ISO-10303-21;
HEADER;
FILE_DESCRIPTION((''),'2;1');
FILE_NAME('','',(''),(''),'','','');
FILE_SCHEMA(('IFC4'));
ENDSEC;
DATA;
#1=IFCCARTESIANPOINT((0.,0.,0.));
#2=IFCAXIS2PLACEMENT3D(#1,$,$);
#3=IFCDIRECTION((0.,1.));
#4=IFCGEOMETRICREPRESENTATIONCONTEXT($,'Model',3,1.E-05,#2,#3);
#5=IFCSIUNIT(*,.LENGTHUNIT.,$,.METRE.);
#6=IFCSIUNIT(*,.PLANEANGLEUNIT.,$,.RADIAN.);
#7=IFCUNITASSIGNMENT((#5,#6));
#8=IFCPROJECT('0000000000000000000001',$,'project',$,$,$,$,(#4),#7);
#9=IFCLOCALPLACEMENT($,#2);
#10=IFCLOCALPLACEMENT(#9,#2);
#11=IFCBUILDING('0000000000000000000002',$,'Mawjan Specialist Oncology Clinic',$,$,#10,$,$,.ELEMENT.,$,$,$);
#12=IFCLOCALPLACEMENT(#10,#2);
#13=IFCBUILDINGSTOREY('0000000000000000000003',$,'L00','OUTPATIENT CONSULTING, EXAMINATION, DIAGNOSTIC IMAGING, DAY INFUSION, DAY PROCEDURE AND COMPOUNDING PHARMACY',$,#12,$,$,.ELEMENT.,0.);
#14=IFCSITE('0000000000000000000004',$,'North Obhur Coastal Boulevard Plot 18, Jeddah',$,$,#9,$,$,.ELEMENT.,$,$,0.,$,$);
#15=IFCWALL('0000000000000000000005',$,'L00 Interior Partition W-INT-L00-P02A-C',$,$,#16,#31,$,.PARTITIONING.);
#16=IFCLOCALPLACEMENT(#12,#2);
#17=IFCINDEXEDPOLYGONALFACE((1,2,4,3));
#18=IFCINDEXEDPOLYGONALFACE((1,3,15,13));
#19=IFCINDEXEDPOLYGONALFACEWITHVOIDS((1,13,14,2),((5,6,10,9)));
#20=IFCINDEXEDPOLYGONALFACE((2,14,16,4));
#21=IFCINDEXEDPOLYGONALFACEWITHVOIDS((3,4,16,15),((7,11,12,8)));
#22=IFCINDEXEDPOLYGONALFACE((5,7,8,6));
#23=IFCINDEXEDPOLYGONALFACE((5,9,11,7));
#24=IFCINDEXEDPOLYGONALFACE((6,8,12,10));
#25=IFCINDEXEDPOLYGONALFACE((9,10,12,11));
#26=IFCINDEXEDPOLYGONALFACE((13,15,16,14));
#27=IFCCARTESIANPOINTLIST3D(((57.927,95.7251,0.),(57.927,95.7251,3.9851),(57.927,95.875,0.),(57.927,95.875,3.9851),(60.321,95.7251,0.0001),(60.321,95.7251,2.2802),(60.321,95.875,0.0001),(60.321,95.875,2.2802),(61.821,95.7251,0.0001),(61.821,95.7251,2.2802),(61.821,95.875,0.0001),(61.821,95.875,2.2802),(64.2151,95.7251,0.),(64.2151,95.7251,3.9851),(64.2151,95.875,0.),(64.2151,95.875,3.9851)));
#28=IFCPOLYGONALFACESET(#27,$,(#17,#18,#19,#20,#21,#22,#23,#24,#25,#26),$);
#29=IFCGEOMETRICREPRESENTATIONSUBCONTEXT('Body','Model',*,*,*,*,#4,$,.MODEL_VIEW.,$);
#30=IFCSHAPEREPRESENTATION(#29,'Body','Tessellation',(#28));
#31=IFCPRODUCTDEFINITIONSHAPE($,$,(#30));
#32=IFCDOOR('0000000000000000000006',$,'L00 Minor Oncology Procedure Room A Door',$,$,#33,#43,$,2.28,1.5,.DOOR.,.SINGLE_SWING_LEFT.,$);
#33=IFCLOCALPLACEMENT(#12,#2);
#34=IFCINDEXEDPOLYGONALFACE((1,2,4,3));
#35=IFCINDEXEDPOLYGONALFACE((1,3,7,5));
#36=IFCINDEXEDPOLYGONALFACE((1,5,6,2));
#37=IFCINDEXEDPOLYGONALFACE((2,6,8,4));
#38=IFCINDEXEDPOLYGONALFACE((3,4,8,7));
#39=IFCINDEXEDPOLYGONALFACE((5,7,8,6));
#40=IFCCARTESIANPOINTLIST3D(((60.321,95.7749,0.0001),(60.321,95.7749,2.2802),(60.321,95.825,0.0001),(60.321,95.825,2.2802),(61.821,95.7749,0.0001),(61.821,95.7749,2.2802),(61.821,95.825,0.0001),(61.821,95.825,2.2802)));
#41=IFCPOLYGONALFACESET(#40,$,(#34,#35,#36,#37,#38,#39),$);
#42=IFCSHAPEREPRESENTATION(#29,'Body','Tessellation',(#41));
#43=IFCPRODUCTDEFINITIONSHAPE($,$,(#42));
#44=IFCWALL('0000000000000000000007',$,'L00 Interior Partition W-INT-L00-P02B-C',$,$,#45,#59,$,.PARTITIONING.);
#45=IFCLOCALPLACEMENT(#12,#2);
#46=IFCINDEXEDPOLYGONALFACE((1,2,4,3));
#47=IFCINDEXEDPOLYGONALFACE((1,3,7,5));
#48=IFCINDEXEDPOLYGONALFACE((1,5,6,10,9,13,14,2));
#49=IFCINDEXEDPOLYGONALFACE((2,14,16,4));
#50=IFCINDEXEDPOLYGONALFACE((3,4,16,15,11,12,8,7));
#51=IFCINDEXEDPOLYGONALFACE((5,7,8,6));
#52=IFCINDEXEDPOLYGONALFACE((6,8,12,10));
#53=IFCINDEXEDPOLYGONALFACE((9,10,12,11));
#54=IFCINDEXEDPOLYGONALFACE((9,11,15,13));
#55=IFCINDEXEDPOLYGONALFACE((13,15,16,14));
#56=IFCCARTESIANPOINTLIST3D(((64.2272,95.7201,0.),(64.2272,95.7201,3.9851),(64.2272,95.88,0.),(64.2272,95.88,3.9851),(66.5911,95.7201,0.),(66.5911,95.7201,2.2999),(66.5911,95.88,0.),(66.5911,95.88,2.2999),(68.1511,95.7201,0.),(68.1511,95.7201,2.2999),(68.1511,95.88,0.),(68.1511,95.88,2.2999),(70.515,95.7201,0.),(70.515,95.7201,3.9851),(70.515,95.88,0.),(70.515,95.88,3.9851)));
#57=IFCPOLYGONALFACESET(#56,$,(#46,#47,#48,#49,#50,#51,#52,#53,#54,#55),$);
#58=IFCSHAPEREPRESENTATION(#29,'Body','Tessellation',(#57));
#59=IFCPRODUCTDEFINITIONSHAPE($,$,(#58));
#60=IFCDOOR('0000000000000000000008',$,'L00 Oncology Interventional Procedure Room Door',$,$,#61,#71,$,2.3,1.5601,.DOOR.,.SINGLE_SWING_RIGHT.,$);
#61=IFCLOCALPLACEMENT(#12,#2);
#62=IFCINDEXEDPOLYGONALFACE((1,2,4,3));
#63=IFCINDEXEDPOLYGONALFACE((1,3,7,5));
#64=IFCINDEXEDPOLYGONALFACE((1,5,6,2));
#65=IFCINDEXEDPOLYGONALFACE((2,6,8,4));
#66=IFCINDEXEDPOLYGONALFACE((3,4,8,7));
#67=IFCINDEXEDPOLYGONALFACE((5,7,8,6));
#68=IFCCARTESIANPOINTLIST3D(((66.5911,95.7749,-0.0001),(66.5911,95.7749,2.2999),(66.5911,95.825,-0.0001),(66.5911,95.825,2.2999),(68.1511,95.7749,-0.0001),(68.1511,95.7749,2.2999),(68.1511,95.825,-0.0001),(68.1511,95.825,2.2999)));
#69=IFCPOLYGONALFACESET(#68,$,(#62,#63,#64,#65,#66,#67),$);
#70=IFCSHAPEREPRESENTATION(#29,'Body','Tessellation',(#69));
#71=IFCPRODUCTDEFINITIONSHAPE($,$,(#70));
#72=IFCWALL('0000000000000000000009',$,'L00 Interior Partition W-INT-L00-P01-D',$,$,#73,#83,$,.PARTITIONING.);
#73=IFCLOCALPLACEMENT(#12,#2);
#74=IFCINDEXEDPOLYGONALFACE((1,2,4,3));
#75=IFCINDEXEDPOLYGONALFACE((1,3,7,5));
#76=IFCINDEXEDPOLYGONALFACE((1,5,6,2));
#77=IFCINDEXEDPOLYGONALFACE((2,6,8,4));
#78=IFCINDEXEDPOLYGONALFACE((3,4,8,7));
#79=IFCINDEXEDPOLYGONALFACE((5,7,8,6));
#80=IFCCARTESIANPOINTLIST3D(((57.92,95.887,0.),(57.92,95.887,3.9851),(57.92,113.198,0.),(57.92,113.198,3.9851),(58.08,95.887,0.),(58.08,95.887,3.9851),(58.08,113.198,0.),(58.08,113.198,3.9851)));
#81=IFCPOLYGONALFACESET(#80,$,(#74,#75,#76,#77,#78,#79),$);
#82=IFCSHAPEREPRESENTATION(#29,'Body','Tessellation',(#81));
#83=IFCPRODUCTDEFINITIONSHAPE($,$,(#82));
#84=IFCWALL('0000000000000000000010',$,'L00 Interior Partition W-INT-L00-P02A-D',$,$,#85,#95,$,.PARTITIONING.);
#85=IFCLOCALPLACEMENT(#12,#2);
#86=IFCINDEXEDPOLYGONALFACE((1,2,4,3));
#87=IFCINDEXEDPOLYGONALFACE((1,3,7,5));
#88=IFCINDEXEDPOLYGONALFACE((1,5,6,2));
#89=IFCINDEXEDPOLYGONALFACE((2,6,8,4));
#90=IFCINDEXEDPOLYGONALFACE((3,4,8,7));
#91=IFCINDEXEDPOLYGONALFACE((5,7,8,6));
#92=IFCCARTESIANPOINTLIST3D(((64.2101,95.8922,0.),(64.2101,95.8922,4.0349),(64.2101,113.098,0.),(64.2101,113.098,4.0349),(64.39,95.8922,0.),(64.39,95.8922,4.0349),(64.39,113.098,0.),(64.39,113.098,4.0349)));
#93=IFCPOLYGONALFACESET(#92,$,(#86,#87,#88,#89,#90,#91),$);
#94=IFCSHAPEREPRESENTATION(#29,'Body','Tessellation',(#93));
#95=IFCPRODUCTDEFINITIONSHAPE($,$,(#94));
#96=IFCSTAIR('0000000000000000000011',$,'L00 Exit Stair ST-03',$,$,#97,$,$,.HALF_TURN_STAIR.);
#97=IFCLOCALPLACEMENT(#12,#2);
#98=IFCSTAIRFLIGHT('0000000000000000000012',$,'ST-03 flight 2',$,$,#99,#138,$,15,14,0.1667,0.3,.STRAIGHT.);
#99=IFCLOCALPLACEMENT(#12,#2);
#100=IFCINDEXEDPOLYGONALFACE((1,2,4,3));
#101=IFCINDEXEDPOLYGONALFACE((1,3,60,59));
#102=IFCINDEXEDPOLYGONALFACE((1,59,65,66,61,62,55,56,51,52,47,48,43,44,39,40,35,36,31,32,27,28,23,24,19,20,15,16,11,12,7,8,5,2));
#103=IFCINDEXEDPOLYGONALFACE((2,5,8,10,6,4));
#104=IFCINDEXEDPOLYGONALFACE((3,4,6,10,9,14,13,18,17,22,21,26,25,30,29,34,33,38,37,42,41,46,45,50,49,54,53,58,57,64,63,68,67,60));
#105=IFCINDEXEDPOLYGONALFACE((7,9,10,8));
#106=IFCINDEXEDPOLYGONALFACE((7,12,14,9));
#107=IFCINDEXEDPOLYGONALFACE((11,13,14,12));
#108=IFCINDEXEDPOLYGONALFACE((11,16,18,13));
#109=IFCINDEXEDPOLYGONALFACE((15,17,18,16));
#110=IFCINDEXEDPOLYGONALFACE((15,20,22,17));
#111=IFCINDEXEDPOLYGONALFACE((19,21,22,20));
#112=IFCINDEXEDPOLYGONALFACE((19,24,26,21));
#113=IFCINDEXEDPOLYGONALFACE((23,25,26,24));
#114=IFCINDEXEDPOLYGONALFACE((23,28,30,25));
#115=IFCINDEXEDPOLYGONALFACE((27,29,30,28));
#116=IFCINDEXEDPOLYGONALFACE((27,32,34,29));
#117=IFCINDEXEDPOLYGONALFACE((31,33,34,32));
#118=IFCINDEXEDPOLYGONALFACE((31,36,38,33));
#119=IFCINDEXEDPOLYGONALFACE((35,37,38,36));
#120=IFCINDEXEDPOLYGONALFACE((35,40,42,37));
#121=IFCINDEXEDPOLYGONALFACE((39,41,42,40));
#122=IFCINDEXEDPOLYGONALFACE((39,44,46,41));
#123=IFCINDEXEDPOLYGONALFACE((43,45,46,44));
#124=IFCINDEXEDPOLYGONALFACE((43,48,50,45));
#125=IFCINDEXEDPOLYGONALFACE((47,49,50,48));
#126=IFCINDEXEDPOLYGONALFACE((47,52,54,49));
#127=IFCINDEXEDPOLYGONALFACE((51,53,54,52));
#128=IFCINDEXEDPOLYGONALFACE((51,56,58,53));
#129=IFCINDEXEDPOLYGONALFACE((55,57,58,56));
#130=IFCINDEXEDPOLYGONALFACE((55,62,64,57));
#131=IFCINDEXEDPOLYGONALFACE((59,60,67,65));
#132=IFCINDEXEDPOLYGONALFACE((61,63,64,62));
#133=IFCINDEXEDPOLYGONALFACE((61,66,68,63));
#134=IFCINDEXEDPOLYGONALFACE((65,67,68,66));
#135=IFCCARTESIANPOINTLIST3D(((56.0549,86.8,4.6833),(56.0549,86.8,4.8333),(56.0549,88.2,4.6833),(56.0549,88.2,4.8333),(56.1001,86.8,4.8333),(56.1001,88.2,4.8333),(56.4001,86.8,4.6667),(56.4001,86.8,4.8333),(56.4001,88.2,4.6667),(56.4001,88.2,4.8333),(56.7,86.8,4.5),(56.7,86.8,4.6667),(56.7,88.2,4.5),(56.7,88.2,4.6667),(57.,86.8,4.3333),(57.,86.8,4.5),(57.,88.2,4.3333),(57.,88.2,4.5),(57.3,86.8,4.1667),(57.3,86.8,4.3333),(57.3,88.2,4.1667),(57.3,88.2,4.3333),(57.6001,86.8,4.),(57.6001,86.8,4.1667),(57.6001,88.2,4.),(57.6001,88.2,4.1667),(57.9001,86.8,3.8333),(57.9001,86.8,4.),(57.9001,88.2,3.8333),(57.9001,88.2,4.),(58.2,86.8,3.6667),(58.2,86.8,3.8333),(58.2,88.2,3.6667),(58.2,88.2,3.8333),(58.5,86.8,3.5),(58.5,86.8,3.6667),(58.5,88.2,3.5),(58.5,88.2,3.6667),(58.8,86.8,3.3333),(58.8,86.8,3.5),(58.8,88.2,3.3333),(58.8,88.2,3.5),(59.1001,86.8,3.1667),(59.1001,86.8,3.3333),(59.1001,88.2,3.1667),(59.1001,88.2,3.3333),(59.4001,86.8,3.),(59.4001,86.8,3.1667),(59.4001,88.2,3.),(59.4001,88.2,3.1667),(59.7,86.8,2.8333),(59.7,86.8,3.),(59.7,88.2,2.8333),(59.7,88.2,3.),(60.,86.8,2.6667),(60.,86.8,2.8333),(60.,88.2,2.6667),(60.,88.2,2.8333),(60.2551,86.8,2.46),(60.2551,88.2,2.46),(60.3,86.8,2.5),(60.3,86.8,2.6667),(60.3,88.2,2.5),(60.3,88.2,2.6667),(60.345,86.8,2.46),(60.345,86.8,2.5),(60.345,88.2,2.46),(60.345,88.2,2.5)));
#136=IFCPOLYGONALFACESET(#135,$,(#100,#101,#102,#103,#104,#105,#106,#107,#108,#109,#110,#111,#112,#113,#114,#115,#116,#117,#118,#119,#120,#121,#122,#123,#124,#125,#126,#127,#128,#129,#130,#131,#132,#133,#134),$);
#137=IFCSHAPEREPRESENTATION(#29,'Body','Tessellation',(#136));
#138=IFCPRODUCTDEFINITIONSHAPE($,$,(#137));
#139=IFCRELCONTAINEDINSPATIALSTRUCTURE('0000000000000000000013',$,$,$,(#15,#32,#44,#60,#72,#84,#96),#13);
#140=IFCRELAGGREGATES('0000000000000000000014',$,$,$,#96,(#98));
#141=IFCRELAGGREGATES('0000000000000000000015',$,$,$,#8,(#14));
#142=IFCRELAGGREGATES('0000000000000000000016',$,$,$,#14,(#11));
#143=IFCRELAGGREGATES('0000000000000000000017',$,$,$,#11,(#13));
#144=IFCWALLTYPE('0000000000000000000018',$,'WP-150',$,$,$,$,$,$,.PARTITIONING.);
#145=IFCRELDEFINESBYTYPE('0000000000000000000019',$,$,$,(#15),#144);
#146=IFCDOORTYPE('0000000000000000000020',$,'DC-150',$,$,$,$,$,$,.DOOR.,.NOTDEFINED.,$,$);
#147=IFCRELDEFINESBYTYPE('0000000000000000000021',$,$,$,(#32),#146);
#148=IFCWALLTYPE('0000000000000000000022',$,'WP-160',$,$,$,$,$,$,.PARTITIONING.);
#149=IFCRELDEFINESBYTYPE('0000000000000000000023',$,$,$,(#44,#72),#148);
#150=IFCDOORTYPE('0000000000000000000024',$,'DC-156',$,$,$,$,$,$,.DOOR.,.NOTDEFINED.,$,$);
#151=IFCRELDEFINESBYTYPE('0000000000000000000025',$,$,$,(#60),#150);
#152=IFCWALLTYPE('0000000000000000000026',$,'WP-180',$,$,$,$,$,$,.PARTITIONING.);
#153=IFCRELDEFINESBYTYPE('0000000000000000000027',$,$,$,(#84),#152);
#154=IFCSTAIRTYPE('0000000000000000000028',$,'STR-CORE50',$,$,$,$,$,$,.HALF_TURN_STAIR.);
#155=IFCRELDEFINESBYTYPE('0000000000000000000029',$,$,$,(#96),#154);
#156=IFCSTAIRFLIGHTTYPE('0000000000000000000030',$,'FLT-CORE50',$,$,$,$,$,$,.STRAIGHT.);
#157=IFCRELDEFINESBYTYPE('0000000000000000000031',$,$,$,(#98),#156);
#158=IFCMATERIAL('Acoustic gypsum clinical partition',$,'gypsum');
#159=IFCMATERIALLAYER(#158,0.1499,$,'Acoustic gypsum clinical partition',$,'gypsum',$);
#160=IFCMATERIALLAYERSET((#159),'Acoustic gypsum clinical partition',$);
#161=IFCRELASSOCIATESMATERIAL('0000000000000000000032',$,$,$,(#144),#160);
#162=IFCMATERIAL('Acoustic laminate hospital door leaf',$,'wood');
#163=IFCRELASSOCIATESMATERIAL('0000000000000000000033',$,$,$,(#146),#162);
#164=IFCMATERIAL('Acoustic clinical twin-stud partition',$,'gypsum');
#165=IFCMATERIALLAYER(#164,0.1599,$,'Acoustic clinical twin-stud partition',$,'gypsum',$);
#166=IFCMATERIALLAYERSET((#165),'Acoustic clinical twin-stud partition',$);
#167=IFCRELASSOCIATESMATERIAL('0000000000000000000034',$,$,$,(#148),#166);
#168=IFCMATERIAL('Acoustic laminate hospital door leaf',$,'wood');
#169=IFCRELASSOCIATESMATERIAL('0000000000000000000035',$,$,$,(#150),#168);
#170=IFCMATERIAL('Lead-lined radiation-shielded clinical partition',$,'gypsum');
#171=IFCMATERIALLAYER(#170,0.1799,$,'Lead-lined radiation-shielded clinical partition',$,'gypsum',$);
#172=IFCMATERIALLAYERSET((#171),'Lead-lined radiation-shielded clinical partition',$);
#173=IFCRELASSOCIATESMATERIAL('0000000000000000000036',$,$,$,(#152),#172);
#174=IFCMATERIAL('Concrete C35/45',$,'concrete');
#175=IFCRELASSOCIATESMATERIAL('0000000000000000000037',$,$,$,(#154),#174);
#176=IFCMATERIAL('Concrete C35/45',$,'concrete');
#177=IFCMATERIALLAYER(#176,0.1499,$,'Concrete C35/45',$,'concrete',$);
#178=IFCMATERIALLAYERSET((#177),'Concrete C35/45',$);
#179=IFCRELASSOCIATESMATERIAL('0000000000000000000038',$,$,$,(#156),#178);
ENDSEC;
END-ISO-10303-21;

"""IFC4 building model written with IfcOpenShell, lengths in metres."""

from ifc_helpers import new_model, si_unit, direction, frame, frame_2d, origin, place, context, subcontext, project, spatial, polyline, rectangle, outline, extrude, material, layer, layer_set, type_object, element, fill, aggregate, save


model = new_model("IFC4")

# Units and contexts
model_context = context("Model", 3, precision=1e-05, world=origin(), true_north=direction((0.0, 1.0)))
body_context = subcontext(model_context, "Body", "Model", "MODEL_VIEW")
ifc_project = project(units=[si_unit("LENGTHUNIT", "METRE"), si_unit("PLANEANGLEUNIT", "RADIAN")], contexts=[model_context])

# Site, building, storey
site_placement = place(None, origin())
site = spatial("IfcSite", under=ifc_project, at=site_placement, Name="North Obhur Coastal Boulevard Plot 18, Jeddah", CompositionType="ELEMENT", RefElevation=0.0)
building_placement = place(site_placement, origin())
building = spatial("IfcBuilding", under=site, at=building_placement, Name="Mawjan Specialist Oncology Clinic", CompositionType="ELEMENT")
storey_placement = place(building_placement, origin())
storey = spatial("IfcBuildingStorey", under=building, at=storey_placement, Name="L00", Description="OUTPATIENT CONSULTING, EXAMINATION, DIAGNOSTIC IMAGING, DAY INFUSION, DAY PROCEDURE AND COMPOUNDING PHARMACY", CompositionType="ELEMENT", Elevation=0.0)

# Walls, openings, doors
ifc_material_1 = material(Name="Acoustic gypsum clinical partition", Category="gypsum")
ifc_layer_1 = layer(ifc_material_1, 0.1499, Name="Acoustic gypsum clinical partition", Category="gypsum")
ifc_layer_set_1 = layer_set([ifc_layer_1], Name="Acoustic gypsum clinical partition")
wall_type_1 = type_object("IfcWallType", Name="WP-150", PredefinedType="PARTITIONING", material=ifc_layer_set_1)
wall_1_placement = place(storey_placement, frame((57.927, 95.8, 0.0), z_axis=(0.0, 0.0, 1.0), x_axis=(1.0, 0.0, 0.0)))
wall_1 = element("IfcWall", 1, at=wall_1_placement, inside=storey, type_object=wall_type_1, Name="L00 Interior Partition W-INT-L00-P02A-C", PredefinedType="PARTITIONING", context=body_context, shape_type="SweptSolid", body=[
    extrude(rectangle(XDim=6.2881, YDim=0.1499, at=frame_2d((3.144, 0.0))), origin(), (0.0, 0.0, 1.0), 3.9851),
])
opening_1_placement = place(wall_1_placement, frame((2.394, 0.0, 0.0)))
opening_1 = element("IfcOpeningElement", 2, at=opening_1_placement, cuts=wall_1, PredefinedType="OPENING", context=body_context, shape_type="SweptSolid", body=[
    extrude(rectangle(XDim=1.5, YDim=2.28, at=frame_2d((0.75, 1.1401))), frame((0.0, 0.0869, 0.0), z_axis=(0.0, -1.0, 0.0), x_axis=(1.0, 0.0, 0.0)), (0.0, 0.0, 1.0), 0.1738),
])
ifc_material_2 = material(Name="Acoustic laminate hospital door leaf", Category="wood")
door_type_1 = type_object("IfcDoorType", Name="DC-150", OperationType="NOTDEFINED", PredefinedType="DOOR", material=ifc_material_2)
door_1_placement = place(opening_1_placement, origin())
door_1 = element("IfcDoor", 3, at=door_1_placement, inside=storey, type_object=door_type_1, Name="L00 Minor Oncology Procedure Room A Door", OperationType="SINGLE_SWING_LEFT", OverallHeight=2.28, OverallWidth=1.5, PredefinedType="DOOR", context=body_context, shape_type="SweptSolid", body=[
    extrude(rectangle(XDim=1.5, YDim=2.28, at=frame_2d((0.75, 1.1401))), frame((0.0, 0.0249, 0.0), z_axis=(0.0, -1.0, 0.0), x_axis=(1.0, 0.0, 0.0)), (0.0, 0.0, 1.0), 0.05),
])
fill(opening_1, door_1)
ifc_material_3 = material(Name="Acoustic clinical twin-stud partition", Category="gypsum")
ifc_layer_2 = layer(ifc_material_3, 0.1599, Name="Acoustic clinical twin-stud partition", Category="gypsum")
ifc_layer_set_2 = layer_set([ifc_layer_2], Name="Acoustic clinical twin-stud partition")
wall_type_2 = type_object("IfcWallType", Name="WP-160", PredefinedType="PARTITIONING", material=ifc_layer_set_2)
wall_2_placement = place(storey_placement, frame((64.2271, 95.8, 0.0), z_axis=(0.0, 0.0, 1.0), x_axis=(1.0, 0.0, 0.0)))
wall_2 = element("IfcWall", 4, at=wall_2_placement, inside=storey, type_object=wall_type_2, Name="L00 Interior Partition W-INT-L00-P02B-C", PredefinedType="PARTITIONING", context=body_context, shape_type="SweptSolid", body=[
    extrude(rectangle(XDim=6.2878, YDim=0.1599, at=frame_2d((3.144, 0.0))), origin(), (0.0, 0.0, 1.0), 3.9851),
])
opening_2_placement = place(wall_2_placement, frame((2.364, 0.0, 0.0)))
opening_2 = element("IfcOpeningElement", 5, at=opening_2_placement, cuts=wall_2, PredefinedType="OPENING", context=body_context, shape_type="SweptSolid", body=[
    extrude(rectangle(XDim=1.5601, YDim=2.3, at=frame_2d((0.78, 1.1499))), frame((0.0, 0.092, 0.0), z_axis=(0.0, -1.0, 0.0), x_axis=(1.0, 0.0, 0.0)), (0.0, 0.0, 1.0), 0.1838),
])
ifc_material_4 = material(Name="Acoustic laminate hospital door leaf", Category="wood")
door_type_2 = type_object("IfcDoorType", Name="DC-156", OperationType="NOTDEFINED", PredefinedType="DOOR", material=ifc_material_4)
door_2_placement = place(opening_2_placement, origin())
door_2 = element("IfcDoor", 6, at=door_2_placement, inside=storey, type_object=door_type_2, Name="L00 Oncology Interventional Procedure Room Door", OperationType="SINGLE_SWING_RIGHT", OverallHeight=2.3, OverallWidth=1.5601, PredefinedType="DOOR", context=body_context, shape_type="SweptSolid", body=[
    extrude(rectangle(XDim=1.5601, YDim=2.3, at=frame_2d((0.78, 1.1499))), frame((0.0, 0.0249, 0.0), z_axis=(0.0, -1.0, 0.0), x_axis=(1.0, 0.0, 0.0)), (0.0, 0.0, 1.0), 0.05),
])
fill(opening_2, door_2)

# Walls
wall_3_placement = place(storey_placement, frame((58.0, 95.887, 0.0), z_axis=(0.0, 0.0, 1.0), x_axis=(0.0, 1.0, 0.0)))
element("IfcWall", 7, at=wall_3_placement, inside=storey, type_object=wall_type_2, Name="L00 Interior Partition W-INT-L00-P01-D", PredefinedType="PARTITIONING", context=body_context, shape_type="SweptSolid", body=[
    extrude(rectangle(XDim=17.311, YDim=0.1599, at=frame_2d((8.6555, 0.0))), origin(), (0.0, 0.0, 1.0), 3.9851),
])
ifc_material_5 = material(Name="Lead-lined radiation-shielded clinical partition", Category="gypsum")
ifc_layer_3 = layer(ifc_material_5, 0.1799, Name="Lead-lined radiation-shielded clinical partition", Category="gypsum")
ifc_layer_set_3 = layer_set([ifc_layer_3], Name="Lead-lined radiation-shielded clinical partition")
wall_type_3 = type_object("IfcWallType", Name="WP-180", PredefinedType="PARTITIONING", material=ifc_layer_set_3)
wall_4_placement = place(storey_placement, frame((64.3, 95.8921, 0.0), z_axis=(0.0, 0.0, 1.0), x_axis=(0.0, 1.0, 0.0)))
element("IfcWall", 8, at=wall_4_placement, inside=storey, type_object=wall_type_3, Name="L00 Interior Partition W-INT-L00-P02A-D", PredefinedType="PARTITIONING", context=body_context, shape_type="SweptSolid", body=[
    extrude(rectangle(XDim=17.2058, YDim=0.1799, at=frame_2d((8.603, 0.0))), origin(), (0.0, 0.0, 1.0), 4.0349),
])

# Stair, stair flight
ifc_material_6 = material(Name="Concrete C35/45", Category="concrete")
stair_type = type_object("IfcStairType", Name="STR-CORE50", PredefinedType="HALF_TURN_STAIR", material=ifc_material_6)
stair_placement = place(storey_placement, origin())
stair = element("IfcStair", 9, at=stair_placement, inside=storey, type_object=stair_type, Name="L00 Exit Stair ST-03", PredefinedType="HALF_TURN_STAIR")
ifc_material_7 = material(Name="Concrete C35/45", Category="concrete")
ifc_layer_4 = layer(ifc_material_7, 0.1499, Name="Concrete C35/45", Category="concrete")
ifc_layer_set_4 = layer_set([ifc_layer_4], Name="Concrete C35/45")
stair_flight_type = type_object("IfcStairFlightType", Name="FLT-CORE50", PredefinedType="STRAIGHT", material=ifc_layer_set_4)
stair_flight_placement = place(storey_placement, frame((60.3, 87.5, 2.5), z_axis=(0.0, 0.0, 1.0), x_axis=(-1.0, 0.0, 0.0)))
stair_flight = element("IfcStairFlight", 10, at=stair_flight_placement, type_object=stair_flight_type, Name="ST-03 flight 2", NumberOfRisers=15, NumberOfTreads=14, PredefinedType="STRAIGHT", RiserHeight=0.1667, TreadLength=0.3, context=body_context, shape_type="SweptSolid", body=[
    extrude(outline(polyline([(-0.0449, -0.04), (-0.0449, 0.0), (0.0, 0.0), (0.0, 0.1667), (0.3, 0.1667), (0.3, 0.3333), (0.6001, 0.3333), (0.6001, 0.5), (0.8999, 0.5), (0.8999, 0.6667), (1.2, 0.6667), (1.2, 0.8333), (1.5, 0.8333), (1.5, 1.0), (1.8, 1.0), (1.8, 1.1667), (2.1001, 1.1667), (2.1001, 1.3333), (2.3999, 1.3333), (2.3999, 1.5), (2.7, 1.5), (2.7, 1.6667), (3.0, 1.6667), (3.0, 1.8333), (3.3, 1.8333), (3.3, 2.0), (3.6001, 2.0), (3.6001, 2.1667), (3.8999, 2.1667), (3.8999, 2.3333), (4.2, 2.3333), (4.2451, 2.3333), (4.2451, 2.1833), (0.0449, -0.04), (-0.0449, -0.04)])), frame((0.0, 0.7, 0.0), z_axis=(0.0, -1.0, 0.0), x_axis=(1.0, 0.0, 0.0)), (0.0, 0.0, 1.0), 1.3999),
])
aggregate(stair, [stair_flight])

save(model, "model.ifc")
